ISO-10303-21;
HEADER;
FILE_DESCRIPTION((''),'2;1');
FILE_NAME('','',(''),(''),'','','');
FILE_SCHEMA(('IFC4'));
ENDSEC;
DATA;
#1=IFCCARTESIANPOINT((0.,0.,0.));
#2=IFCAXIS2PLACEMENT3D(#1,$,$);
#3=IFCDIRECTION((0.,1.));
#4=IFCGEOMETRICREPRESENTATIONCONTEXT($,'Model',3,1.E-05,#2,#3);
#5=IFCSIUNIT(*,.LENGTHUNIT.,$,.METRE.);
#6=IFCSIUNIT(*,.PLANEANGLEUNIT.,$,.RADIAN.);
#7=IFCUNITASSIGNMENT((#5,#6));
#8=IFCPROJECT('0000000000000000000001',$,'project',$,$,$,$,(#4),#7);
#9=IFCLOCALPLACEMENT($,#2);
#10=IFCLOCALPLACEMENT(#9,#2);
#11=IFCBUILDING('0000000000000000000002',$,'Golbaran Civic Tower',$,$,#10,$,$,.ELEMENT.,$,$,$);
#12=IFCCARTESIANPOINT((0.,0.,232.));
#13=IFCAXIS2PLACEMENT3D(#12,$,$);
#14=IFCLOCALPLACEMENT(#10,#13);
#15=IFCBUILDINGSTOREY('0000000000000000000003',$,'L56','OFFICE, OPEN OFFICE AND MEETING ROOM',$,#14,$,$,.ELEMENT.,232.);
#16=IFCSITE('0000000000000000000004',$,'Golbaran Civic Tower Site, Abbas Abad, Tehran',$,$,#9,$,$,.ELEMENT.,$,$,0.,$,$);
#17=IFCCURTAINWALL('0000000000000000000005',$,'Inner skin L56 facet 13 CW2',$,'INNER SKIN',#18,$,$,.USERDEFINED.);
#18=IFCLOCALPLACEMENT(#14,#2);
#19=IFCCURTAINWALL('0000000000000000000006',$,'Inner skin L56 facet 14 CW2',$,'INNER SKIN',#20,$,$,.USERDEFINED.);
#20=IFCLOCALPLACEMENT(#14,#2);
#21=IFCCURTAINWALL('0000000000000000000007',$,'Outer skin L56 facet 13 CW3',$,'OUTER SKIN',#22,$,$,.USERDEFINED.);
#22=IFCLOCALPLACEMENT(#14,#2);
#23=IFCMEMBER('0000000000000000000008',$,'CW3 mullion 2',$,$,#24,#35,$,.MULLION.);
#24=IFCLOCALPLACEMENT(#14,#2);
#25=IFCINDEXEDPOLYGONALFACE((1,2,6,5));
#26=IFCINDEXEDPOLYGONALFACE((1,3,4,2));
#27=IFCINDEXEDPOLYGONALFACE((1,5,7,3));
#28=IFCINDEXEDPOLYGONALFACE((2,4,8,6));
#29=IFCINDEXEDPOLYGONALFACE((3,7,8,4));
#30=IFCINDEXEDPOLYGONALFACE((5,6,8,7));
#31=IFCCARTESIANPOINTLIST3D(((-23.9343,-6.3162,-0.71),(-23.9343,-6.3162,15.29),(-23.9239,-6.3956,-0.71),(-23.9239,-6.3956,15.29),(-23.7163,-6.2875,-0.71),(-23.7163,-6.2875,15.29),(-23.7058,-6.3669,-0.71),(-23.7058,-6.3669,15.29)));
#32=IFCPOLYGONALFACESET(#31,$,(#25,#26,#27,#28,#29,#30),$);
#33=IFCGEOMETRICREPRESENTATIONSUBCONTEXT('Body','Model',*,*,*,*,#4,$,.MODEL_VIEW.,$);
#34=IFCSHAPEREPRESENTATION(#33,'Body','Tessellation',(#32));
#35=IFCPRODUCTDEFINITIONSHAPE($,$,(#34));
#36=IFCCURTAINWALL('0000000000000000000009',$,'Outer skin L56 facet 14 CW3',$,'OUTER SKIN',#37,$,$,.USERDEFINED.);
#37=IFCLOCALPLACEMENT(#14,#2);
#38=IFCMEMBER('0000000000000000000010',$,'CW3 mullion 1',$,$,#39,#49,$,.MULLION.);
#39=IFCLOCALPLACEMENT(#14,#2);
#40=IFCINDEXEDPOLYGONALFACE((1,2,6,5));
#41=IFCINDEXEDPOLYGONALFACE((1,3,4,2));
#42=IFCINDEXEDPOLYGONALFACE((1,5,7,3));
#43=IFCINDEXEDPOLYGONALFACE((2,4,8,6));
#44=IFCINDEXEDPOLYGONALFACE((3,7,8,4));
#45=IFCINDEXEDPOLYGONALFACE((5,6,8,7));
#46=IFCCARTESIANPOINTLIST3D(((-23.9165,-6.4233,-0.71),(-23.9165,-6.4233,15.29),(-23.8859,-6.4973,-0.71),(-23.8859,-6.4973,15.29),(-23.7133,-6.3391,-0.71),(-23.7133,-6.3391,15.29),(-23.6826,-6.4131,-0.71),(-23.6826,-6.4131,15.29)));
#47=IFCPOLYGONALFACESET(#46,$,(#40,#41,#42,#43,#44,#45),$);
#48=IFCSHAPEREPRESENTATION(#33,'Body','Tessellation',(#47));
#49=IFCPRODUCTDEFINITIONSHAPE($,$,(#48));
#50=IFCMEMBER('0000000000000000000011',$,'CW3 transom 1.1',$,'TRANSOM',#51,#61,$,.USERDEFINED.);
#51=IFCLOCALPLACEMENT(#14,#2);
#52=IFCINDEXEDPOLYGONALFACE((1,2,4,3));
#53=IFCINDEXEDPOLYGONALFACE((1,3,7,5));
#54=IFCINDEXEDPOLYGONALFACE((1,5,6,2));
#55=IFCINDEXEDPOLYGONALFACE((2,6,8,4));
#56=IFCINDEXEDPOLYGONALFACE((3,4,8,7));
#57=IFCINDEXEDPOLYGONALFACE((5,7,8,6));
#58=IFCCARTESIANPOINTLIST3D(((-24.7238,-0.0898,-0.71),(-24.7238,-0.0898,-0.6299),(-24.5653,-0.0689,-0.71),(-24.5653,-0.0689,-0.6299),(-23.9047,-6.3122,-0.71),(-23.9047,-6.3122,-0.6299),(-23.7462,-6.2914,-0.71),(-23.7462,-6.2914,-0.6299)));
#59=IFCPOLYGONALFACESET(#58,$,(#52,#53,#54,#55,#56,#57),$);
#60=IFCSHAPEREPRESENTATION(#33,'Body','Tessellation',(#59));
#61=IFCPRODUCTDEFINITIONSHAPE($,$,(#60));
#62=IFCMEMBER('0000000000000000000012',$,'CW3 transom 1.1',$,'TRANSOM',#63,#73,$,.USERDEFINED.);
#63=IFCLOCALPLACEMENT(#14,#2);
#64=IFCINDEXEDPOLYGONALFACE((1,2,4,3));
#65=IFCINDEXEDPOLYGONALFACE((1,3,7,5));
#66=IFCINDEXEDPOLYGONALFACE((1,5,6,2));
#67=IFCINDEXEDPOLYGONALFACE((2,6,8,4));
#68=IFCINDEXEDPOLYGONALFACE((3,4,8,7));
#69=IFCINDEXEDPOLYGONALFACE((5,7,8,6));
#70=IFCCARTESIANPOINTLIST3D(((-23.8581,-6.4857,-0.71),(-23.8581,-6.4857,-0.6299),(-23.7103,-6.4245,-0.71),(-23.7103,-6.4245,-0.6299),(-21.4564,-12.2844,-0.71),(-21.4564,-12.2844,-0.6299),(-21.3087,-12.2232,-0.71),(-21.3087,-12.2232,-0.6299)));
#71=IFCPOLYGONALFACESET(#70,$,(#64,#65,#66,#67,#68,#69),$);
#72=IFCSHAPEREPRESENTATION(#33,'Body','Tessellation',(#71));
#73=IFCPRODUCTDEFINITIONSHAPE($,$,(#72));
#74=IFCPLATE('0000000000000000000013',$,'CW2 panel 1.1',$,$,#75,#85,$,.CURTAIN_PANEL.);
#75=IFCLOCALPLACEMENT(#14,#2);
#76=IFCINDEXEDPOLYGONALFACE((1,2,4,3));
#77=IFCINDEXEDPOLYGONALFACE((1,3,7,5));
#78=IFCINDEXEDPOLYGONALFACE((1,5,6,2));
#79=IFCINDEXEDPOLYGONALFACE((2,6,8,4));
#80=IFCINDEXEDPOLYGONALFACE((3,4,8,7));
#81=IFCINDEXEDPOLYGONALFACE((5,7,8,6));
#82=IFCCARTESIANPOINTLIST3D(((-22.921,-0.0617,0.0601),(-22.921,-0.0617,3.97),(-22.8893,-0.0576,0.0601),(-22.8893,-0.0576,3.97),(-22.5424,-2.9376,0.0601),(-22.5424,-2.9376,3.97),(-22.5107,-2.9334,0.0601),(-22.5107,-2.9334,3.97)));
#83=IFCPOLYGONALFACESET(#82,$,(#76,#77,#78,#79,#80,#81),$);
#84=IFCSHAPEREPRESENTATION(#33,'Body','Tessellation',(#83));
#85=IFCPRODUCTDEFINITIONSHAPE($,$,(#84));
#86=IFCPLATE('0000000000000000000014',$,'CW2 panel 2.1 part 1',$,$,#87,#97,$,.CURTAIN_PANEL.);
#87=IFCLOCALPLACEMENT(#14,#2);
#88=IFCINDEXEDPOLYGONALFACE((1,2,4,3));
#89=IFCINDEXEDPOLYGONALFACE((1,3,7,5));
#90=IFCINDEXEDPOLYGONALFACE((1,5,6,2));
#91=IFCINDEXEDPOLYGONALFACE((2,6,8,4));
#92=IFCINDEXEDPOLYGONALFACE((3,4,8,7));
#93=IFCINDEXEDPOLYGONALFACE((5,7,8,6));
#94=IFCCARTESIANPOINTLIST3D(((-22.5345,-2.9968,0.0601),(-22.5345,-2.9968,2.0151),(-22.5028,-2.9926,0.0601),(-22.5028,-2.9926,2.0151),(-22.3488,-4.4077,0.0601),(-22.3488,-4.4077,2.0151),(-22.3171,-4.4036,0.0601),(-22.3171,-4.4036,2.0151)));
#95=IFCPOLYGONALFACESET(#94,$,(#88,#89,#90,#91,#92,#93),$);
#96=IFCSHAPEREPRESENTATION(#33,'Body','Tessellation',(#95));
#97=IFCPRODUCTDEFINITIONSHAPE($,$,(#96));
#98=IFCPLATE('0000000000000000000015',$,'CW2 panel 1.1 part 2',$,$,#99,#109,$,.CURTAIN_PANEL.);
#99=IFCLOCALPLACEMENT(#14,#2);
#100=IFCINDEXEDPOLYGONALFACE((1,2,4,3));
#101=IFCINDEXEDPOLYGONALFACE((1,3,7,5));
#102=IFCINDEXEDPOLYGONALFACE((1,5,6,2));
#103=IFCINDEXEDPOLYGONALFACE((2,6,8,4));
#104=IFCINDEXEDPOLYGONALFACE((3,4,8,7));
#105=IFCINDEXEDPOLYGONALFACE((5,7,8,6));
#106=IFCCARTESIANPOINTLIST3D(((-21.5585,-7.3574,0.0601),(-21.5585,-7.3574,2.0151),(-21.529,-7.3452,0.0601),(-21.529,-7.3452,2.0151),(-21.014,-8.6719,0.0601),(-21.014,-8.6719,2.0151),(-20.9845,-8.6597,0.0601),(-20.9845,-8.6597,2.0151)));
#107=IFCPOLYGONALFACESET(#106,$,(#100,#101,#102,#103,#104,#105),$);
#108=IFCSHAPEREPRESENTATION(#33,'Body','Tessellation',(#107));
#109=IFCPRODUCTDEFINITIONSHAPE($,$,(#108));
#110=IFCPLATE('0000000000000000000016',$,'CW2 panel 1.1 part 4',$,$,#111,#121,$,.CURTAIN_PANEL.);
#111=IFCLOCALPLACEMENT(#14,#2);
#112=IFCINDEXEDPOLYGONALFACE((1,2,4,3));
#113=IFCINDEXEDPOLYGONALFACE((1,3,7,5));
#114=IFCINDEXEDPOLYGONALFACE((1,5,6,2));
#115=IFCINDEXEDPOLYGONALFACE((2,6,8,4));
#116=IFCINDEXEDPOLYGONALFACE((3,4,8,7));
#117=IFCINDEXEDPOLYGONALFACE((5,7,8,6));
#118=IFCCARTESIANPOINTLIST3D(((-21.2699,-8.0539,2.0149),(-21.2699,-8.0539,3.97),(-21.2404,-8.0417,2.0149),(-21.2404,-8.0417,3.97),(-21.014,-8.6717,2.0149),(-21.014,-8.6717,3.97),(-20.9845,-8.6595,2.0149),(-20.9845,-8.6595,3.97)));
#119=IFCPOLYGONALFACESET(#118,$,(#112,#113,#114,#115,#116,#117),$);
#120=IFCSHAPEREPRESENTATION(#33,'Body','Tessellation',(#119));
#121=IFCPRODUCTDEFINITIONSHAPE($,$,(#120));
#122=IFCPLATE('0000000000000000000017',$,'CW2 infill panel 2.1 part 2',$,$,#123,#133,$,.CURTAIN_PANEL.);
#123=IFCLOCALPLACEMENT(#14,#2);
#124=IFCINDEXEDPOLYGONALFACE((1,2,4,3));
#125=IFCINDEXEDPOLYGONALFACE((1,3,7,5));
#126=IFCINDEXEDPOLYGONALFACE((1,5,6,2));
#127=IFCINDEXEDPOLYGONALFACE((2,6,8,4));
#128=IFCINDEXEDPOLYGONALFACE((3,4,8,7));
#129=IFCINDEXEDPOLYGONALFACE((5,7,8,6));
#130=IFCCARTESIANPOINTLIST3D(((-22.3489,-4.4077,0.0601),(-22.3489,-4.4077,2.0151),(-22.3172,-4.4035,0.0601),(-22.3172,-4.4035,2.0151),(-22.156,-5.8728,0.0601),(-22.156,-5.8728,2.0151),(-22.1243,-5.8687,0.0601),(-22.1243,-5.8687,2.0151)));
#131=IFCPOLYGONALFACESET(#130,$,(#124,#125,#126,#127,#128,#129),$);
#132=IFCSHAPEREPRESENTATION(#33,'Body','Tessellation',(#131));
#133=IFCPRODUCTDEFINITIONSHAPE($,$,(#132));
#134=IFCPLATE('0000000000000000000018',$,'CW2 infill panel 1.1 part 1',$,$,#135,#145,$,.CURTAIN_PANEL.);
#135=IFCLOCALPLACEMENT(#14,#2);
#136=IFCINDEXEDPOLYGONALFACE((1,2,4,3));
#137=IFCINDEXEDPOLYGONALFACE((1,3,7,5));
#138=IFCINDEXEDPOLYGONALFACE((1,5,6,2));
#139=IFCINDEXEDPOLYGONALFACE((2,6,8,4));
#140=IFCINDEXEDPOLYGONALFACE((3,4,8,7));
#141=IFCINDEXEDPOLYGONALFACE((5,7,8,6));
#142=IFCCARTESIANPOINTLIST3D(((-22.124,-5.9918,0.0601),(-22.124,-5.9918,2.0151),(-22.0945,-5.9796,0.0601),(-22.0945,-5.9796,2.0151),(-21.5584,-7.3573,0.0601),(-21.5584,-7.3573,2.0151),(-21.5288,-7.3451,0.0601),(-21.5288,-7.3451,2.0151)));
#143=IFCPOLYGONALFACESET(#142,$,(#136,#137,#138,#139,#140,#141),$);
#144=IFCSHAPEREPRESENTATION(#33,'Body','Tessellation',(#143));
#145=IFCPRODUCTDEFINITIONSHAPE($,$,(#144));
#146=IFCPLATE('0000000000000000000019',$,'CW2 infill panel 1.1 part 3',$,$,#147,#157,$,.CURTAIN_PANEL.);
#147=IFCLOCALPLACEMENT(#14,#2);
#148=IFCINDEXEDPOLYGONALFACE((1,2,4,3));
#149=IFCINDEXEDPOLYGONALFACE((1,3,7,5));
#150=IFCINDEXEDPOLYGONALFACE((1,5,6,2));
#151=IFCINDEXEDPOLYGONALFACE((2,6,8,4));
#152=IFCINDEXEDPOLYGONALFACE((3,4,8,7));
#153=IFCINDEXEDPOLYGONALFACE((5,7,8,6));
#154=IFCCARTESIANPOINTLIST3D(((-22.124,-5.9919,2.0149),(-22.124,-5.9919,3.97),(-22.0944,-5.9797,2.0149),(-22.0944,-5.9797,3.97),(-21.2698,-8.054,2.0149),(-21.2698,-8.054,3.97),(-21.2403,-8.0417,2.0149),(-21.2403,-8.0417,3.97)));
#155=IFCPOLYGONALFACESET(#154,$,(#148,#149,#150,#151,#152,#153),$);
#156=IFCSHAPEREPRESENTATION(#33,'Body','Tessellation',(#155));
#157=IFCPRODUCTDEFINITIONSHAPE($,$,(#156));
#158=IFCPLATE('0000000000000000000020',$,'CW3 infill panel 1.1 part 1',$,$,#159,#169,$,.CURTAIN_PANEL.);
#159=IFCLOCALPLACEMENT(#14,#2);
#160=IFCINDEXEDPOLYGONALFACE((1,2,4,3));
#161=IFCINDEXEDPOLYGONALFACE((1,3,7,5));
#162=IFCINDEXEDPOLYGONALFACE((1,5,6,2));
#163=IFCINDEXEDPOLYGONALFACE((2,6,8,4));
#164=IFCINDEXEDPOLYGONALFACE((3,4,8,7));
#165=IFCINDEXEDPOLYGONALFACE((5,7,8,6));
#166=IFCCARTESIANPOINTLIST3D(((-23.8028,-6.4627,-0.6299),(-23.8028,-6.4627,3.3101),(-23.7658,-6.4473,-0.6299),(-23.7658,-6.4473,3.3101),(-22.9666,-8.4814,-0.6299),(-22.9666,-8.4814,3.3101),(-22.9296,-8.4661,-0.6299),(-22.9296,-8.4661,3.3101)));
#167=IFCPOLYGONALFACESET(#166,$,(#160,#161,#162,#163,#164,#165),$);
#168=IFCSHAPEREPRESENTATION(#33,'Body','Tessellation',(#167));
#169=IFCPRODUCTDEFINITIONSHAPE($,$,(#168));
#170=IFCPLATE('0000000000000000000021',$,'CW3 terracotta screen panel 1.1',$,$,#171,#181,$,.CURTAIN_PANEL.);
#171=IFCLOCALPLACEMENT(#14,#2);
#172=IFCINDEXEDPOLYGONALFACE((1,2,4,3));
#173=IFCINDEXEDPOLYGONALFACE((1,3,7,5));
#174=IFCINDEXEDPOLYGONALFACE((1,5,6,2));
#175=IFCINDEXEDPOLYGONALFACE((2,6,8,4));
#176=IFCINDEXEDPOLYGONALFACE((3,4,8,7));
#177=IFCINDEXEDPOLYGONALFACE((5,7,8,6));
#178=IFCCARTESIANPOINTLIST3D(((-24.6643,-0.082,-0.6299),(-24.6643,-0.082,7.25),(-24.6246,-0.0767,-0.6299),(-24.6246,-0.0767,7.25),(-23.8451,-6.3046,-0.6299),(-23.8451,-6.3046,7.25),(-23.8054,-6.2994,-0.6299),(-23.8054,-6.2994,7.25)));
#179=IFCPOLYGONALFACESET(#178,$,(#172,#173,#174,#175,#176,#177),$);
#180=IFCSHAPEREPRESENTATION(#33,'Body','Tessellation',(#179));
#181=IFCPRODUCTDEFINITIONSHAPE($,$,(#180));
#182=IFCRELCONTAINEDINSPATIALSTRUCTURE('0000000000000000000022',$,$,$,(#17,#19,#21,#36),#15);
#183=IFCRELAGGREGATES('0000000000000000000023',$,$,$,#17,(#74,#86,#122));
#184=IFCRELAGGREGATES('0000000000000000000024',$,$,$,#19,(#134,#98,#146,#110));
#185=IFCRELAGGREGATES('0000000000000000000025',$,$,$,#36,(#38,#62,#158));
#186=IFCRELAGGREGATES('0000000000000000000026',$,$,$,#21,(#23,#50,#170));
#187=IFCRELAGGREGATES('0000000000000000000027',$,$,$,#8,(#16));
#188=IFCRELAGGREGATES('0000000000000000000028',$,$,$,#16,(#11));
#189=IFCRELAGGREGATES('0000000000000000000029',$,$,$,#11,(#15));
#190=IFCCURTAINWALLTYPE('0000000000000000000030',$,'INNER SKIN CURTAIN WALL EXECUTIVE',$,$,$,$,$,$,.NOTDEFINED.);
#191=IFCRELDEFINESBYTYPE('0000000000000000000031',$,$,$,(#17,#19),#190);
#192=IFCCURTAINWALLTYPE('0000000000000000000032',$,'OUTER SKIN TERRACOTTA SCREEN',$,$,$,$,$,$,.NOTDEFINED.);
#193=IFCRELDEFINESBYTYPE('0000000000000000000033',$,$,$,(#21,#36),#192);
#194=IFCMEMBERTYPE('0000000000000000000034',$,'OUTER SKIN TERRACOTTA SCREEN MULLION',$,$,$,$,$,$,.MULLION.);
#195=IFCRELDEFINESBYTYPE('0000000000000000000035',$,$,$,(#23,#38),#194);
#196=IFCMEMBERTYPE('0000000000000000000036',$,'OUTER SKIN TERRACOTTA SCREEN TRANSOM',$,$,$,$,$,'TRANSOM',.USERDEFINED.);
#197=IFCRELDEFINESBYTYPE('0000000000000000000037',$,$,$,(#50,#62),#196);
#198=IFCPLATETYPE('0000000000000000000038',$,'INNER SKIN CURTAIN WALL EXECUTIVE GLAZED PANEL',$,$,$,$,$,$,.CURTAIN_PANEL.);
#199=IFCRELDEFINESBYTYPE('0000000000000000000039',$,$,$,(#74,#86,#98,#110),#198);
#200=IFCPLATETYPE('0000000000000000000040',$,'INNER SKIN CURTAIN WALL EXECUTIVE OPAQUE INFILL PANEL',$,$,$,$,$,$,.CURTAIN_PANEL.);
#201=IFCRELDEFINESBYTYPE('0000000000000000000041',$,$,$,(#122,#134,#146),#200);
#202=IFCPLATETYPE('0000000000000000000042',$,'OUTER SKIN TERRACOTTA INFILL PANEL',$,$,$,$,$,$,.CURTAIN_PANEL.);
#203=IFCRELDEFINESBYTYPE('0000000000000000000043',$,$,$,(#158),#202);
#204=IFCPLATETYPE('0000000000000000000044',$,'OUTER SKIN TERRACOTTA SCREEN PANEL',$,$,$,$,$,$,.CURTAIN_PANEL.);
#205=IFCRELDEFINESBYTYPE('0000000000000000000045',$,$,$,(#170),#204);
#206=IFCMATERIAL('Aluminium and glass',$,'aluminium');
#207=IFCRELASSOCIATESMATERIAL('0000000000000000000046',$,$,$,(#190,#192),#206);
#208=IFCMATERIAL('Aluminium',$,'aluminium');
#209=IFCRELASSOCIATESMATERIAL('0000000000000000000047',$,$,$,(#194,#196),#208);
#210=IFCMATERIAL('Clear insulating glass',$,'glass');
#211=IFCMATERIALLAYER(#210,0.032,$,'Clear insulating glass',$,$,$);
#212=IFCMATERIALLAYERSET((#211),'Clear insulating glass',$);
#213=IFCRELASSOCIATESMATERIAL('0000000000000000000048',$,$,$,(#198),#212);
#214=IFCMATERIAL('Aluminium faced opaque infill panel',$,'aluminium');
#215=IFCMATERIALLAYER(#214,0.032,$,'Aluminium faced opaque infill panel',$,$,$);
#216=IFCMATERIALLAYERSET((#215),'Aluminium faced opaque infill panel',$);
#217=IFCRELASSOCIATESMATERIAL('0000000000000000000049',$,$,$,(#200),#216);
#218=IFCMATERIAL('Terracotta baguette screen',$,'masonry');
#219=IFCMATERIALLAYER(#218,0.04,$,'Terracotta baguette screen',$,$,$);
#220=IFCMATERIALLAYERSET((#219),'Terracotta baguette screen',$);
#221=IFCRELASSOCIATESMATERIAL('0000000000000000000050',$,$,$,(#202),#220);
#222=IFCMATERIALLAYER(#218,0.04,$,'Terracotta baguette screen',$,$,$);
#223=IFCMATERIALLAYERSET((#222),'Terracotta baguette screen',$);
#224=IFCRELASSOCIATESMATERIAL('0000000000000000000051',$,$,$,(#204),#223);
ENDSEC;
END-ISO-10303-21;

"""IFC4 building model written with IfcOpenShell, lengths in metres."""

from ifc_helpers import new_model, si_unit, direction, frame, origin, origin_2d, place, context, subcontext, project, spatial, rectangle, extrude, material, layer, layer_set, material_profile, profile_set, type_object, element, aggregate, save


model = new_model("IFC4")

# Units and contexts
model_context = context("Model", 3, precision=1e-05, world=origin(), true_north=direction((0.0, 1.0)))
body_context = subcontext(model_context, "Body", "Model", "MODEL_VIEW")
ifc_project = project(units=[si_unit("LENGTHUNIT", "METRE"), si_unit("PLANEANGLEUNIT", "RADIAN")], contexts=[model_context])

# Site, building, storey
site_placement = place(None, origin())
site = spatial("IfcSite", under=ifc_project, at=site_placement, Name="Golbaran Civic Tower Site, Abbas Abad, Tehran", CompositionType="ELEMENT", RefElevation=0.0)
building_placement = place(site_placement, origin())
building = spatial("IfcBuilding", under=site, at=building_placement, Name="Golbaran Civic Tower", CompositionType="ELEMENT")
storey_placement = place(building_placement, frame((0.0, 0.0, 232.0)))
storey = spatial("IfcBuildingStorey", under=building, at=storey_placement, Name="L56", Description="OFFICE, OPEN OFFICE AND MEETING ROOM", CompositionType="ELEMENT", Elevation=232.0)

# Curtain walls
ifc_material_1 = material(Name="Aluminium and glass", Category="aluminium")
curtain_wall_type_1 = type_object("IfcCurtainWallType", Name="INNER SKIN CURTAIN WALL EXECUTIVE", PredefinedType="NOTDEFINED", material=ifc_material_1)
curtain_wall_1_placement = place(storey_placement, origin())
curtain_wall_1 = element("IfcCurtainWall", 1, at=curtain_wall_1_placement, inside=storey, type_object=curtain_wall_type_1, Name="Inner skin L56 facet 13 CW2", ObjectType="INNER SKIN", PredefinedType="USERDEFINED")
ifc_material_2 = material(Name="Aluminium", Category="aluminium")
curtain_wall_2_placement = place(storey_placement, origin())
curtain_wall_2 = element("IfcCurtainWall", 2, at=curtain_wall_2_placement, inside=storey, type_object=curtain_wall_type_1, Name="Inner skin L56 facet 14 CW2", ObjectType="INNER SKIN", PredefinedType="USERDEFINED")

# Curtain wall, member
curtain_wall_type_2 = type_object("IfcCurtainWallType", Name="OUTER SKIN TERRACOTTA SCREEN", PredefinedType="NOTDEFINED", material=ifc_material_1)
curtain_wall_3_placement = place(storey_placement, origin())
curtain_wall_3 = element("IfcCurtainWall", 3, at=curtain_wall_3_placement, inside=storey, type_object=curtain_wall_type_2, Name="Outer skin L56 facet 13 CW3", ObjectType="OUTER SKIN", PredefinedType="USERDEFINED")
ifc_material_profile_1 = material_profile(ifc_material_2, rectangle(XDim=0.22, YDim=0.0801, at=origin_2d()), Name="OUTER SKIN TERRACOTTA SCREEN MULLION")
ifc_profile_set_1 = profile_set([ifc_material_profile_1], Name="Aluminium")
member_type_1 = type_object("IfcMemberType", Name="OUTER SKIN TERRACOTTA SCREEN MULLION", PredefinedType="MULLION", material=ifc_profile_set_1)
member_1_placement = place(storey_placement, frame((-23.8201, -6.3416, -0.71), z_axis=(0.0, 0.0, 1.0), x_axis=(0.991445, 0.130526, 0.0)))
member_1 = element("IfcMember", 4, at=member_1_placement, type_object=member_type_1, Name="CW3 mullion 2", PredefinedType="MULLION", context=body_context, shape_type="SweptSolid", body=[
    extrude(rectangle(XDim=0.22, YDim=0.0801, at=origin_2d()), origin(), (0.0, 0.0, 1.0), 16.0),
])

# Curtain wall, member
curtain_wall_4_placement = place(storey_placement, origin())
curtain_wall_4 = element("IfcCurtainWall", 5, at=curtain_wall_4_placement, inside=storey, type_object=curtain_wall_type_2, Name="Outer skin L56 facet 14 CW3", ObjectType="OUTER SKIN", PredefinedType="USERDEFINED")
member_2_placement = place(storey_placement, frame((-23.7996, -6.4182, -0.71), z_axis=(0.0, 0.0, 1.0), x_axis=(0.92388, 0.382683, 0.0)))
member_2 = element("IfcMember", 6, at=member_2_placement, type_object=member_type_1, Name="CW3 mullion 1", PredefinedType="MULLION", context=body_context, shape_type="SweptSolid", body=[
    extrude(rectangle(XDim=0.22, YDim=0.0801, at=origin_2d()), origin(), (0.0, 0.0, 1.0), 16.0),
])

# Members
ifc_material_profile_2 = material_profile(ifc_material_2, rectangle(XDim=0.1599, YDim=0.0801, at=origin_2d()), Name="OUTER SKIN TERRACOTTA SCREEN TRANSOM")
ifc_profile_set_2 = profile_set([ifc_material_profile_2], Name="Aluminium")
member_type_2 = type_object("IfcMemberType", Name="OUTER SKIN TERRACOTTA SCREEN TRANSOM", ElementType="TRANSOM", PredefinedType="USERDEFINED", material=ifc_profile_set_2)
member_3_placement = place(storey_placement, frame((-24.6445, -0.0793, -0.6699), z_axis=(0.13051, -0.991447, 0.0), x_axis=(0.991447, 0.13051, 0.0)))
member_3 = element("IfcMember", 7, at=member_3_placement, type_object=member_type_2, Name="CW3 transom 1.1", ObjectType="TRANSOM", PredefinedType="USERDEFINED", context=body_context, shape_type="SweptSolid", body=[
    extrude(rectangle(XDim=0.1599, YDim=0.0801, at=origin_2d()), origin(), (0.0, 0.0, 1.0), 6.2761),
])
member_4_placement = place(storey_placement, frame((-23.7842, -6.4551, -0.6699), z_axis=(0.382651, -0.923893, 0.0), x_axis=(0.923893, 0.382651, 0.0)))
member_4 = element("IfcMember", 8, at=member_4_placement, type_object=member_type_2, Name="CW3 transom 1.1", ObjectType="TRANSOM", PredefinedType="USERDEFINED", context=body_context, shape_type="SweptSolid", body=[
    extrude(rectangle(XDim=0.1599, YDim=0.0801, at=origin_2d()), origin(), (0.0, 0.0, 1.0), 6.2764),
])

# Plates
ifc_material_3 = material(Name="Clear insulating glass", Category="glass")
ifc_layer_1 = layer(ifc_material_3, 0.032, Name="Clear insulating glass")
ifc_layer_set_1 = layer_set([ifc_layer_1], Name="Clear insulating glass")
plate_type_1 = type_object("IfcPlateType", Name="INNER SKIN CURTAIN WALL EXECUTIVE GLAZED PANEL", PredefinedType="CURTAIN_PANEL", material=ifc_layer_set_1)
plate_1_placement = place(storey_placement, frame((-22.7158, -1.4976, 0.0601), z_axis=(0.0, 0.0, 1.0), x_axis=(0.130526, -0.991445, 0.0)))
plate_1 = element("IfcPlate", 9, at=plate_1_placement, type_object=plate_type_1, Name="CW2 panel 1.1", PredefinedType="CURTAIN_PANEL", context=body_context, shape_type="SweptSolid", body=[
    extrude(rectangle(XDim=2.9006, YDim=0.032, at=origin_2d()), origin(), (0.0, 0.0, 1.0), 3.9099),
])
plate_2_placement = place(storey_placement, frame((-22.4258, -3.7002, 0.0601), z_axis=(0.0, 0.0, 1.0), x_axis=(0.130526, -0.991445, 0.0)))
plate_2 = element("IfcPlate", 10, at=plate_2_placement, type_object=plate_type_1, Name="CW2 panel 2.1 part 1", PredefinedType="CURTAIN_PANEL", context=body_context, shape_type="SweptSolid", body=[
    extrude(rectangle(XDim=1.4231, YDim=0.032, at=origin_2d()), origin(), (0.0, 0.0, 1.0), 1.9551),
])
plate_3_placement = place(storey_placement, frame((-21.2715, -8.0085, 0.0601), z_axis=(0.0, 0.0, 1.0), x_axis=(0.382683, -0.92388, 0.0)))
plate_3 = element("IfcPlate", 11, at=plate_3_placement, type_object=plate_type_1, Name="CW2 panel 1.1 part 2", PredefinedType="CURTAIN_PANEL", context=body_context, shape_type="SweptSolid", body=[
    extrude(rectangle(XDim=1.4229, YDim=0.032, at=origin_2d()), origin(), (0.0, 0.0, 1.0), 1.9551),
])
plate_4_placement = place(storey_placement, frame((-21.1272, -8.3567, 2.0149), z_axis=(0.0, 0.0, 1.0), x_axis=(0.382683, -0.92388, 0.0)))
plate_4 = element("IfcPlate", 12, at=plate_4_placement, type_object=plate_type_1, Name="CW2 panel 1.1 part 4", PredefinedType="CURTAIN_PANEL", context=body_context, shape_type="SweptSolid", body=[
    extrude(rectangle(XDim=0.6687, YDim=0.032, at=origin_2d()), origin(), (0.0, 0.0, 1.0), 1.9551),
])
ifc_material_4 = material(Name="Aluminium faced opaque infill panel", Category="aluminium")
ifc_layer_2 = layer(ifc_material_4, 0.032, Name="Aluminium faced opaque infill panel")
ifc_layer_set_2 = layer_set([ifc_layer_2], Name="Aluminium faced opaque infill panel")
plate_type_2 = type_object("IfcPlateType", Name="INNER SKIN CURTAIN WALL EXECUTIVE OPAQUE INFILL PANEL", PredefinedType="CURTAIN_PANEL", material=ifc_layer_set_2)
plate_5_placement = place(storey_placement, frame((-22.2366, -5.1382, 0.0601), z_axis=(0.0, 0.0, 1.0), x_axis=(0.130526, -0.991445, 0.0)))
plate_5 = element("IfcPlate", 13, at=plate_5_placement, type_object=plate_type_2, Name="CW2 infill panel 2.1 part 2", PredefinedType="CURTAIN_PANEL", context=body_context, shape_type="SweptSolid", body=[
    extrude(rectangle(XDim=1.4778, YDim=0.032, at=origin_2d()), origin(), (0.0, 0.0, 1.0), 1.9551),
])
aggregate(curtain_wall_1, [plate_1, plate_2, plate_5])
plate_6_placement = place(storey_placement, frame((-21.8264, -6.6685, 0.0601), z_axis=(0.0, 0.0, 1.0), x_axis=(0.382683, -0.92388, 0.0)))
plate_6 = element("IfcPlate", 14, at=plate_6_placement, type_object=plate_type_2, Name="CW2 infill panel 1.1 part 1", PredefinedType="CURTAIN_PANEL", context=body_context, shape_type="SweptSolid", body=[
    extrude(rectangle(XDim=1.478, YDim=0.032, at=origin_2d()), origin(), (0.0, 0.0, 1.0), 1.9551),
])
plate_7_placement = place(storey_placement, frame((-21.6821, -7.0168, 2.0149), z_axis=(0.0, 0.0, 1.0), x_axis=(0.382683, -0.92388, 0.0)))
plate_7 = element("IfcPlate", 15, at=plate_7_placement, type_object=plate_type_2, Name="CW2 infill panel 1.1 part 3", PredefinedType="CURTAIN_PANEL", context=body_context, shape_type="SweptSolid", body=[
    extrude(rectangle(XDim=2.2319, YDim=0.032, at=origin_2d()), origin(), (0.0, 0.0, 1.0), 1.9551),
])
aggregate(curtain_wall_2, [plate_6, plate_3, plate_7, plate_4])
ifc_material_5 = material(Name="Terracotta baguette screen", Category="masonry")
ifc_layer_3 = layer(ifc_material_5, 0.04, Name="Terracotta baguette screen")
ifc_layer_set_3 = layer_set([ifc_layer_3], Name="Terracotta baguette screen")
plate_type_3 = type_object("IfcPlateType", Name="OUTER SKIN TERRACOTTA INFILL PANEL", PredefinedType="CURTAIN_PANEL", material=ifc_layer_set_3)
plate_8_placement = place(storey_placement, frame((-23.3662, -7.4644, -0.6299), z_axis=(0.0, 0.0, 1.0), x_axis=(0.382683, -0.92388, 0.0)))
plate_8 = element("IfcPlate", 16, at=plate_8_placement, type_object=plate_type_3, Name="CW3 infill panel 1.1 part 1", PredefinedType="CURTAIN_PANEL", context=body_context, shape_type="SweptSolid", body=[
    extrude(rectangle(XDim=2.1851, YDim=0.04, at=origin_2d()), origin(), (0.0, 0.0, 1.0), 3.9399),
])
aggregate(curtain_wall_4, [member_2, member_4, plate_8])
ifc_layer_4 = layer(ifc_material_5, 0.04, Name="Terracotta baguette screen")
ifc_layer_set_4 = layer_set([ifc_layer_4], Name="Terracotta baguette screen")
plate_type_4 = type_object("IfcPlateType", Name="OUTER SKIN TERRACOTTA SCREEN PANEL", PredefinedType="CURTAIN_PANEL", material=ifc_layer_set_4)
plate_9_placement = place(storey_placement, frame((-24.2349, -3.1907, -0.6299), z_axis=(0.0, 0.0, 1.0), x_axis=(0.130526, -0.991445, 0.0)))
plate_9 = element("IfcPlate", 17, at=plate_9_placement, type_object=plate_type_4, Name="CW3 terracotta screen panel 1.1", PredefinedType="CURTAIN_PANEL", context=body_context, shape_type="SweptSolid", body=[
    extrude(rectangle(XDim=6.2764, YDim=0.04, at=origin_2d()), origin(), (0.0, 0.0, 1.0), 7.8799),
])
aggregate(curtain_wall_3, [member_1, member_3, plate_9])

save(model, "model.ifc")
